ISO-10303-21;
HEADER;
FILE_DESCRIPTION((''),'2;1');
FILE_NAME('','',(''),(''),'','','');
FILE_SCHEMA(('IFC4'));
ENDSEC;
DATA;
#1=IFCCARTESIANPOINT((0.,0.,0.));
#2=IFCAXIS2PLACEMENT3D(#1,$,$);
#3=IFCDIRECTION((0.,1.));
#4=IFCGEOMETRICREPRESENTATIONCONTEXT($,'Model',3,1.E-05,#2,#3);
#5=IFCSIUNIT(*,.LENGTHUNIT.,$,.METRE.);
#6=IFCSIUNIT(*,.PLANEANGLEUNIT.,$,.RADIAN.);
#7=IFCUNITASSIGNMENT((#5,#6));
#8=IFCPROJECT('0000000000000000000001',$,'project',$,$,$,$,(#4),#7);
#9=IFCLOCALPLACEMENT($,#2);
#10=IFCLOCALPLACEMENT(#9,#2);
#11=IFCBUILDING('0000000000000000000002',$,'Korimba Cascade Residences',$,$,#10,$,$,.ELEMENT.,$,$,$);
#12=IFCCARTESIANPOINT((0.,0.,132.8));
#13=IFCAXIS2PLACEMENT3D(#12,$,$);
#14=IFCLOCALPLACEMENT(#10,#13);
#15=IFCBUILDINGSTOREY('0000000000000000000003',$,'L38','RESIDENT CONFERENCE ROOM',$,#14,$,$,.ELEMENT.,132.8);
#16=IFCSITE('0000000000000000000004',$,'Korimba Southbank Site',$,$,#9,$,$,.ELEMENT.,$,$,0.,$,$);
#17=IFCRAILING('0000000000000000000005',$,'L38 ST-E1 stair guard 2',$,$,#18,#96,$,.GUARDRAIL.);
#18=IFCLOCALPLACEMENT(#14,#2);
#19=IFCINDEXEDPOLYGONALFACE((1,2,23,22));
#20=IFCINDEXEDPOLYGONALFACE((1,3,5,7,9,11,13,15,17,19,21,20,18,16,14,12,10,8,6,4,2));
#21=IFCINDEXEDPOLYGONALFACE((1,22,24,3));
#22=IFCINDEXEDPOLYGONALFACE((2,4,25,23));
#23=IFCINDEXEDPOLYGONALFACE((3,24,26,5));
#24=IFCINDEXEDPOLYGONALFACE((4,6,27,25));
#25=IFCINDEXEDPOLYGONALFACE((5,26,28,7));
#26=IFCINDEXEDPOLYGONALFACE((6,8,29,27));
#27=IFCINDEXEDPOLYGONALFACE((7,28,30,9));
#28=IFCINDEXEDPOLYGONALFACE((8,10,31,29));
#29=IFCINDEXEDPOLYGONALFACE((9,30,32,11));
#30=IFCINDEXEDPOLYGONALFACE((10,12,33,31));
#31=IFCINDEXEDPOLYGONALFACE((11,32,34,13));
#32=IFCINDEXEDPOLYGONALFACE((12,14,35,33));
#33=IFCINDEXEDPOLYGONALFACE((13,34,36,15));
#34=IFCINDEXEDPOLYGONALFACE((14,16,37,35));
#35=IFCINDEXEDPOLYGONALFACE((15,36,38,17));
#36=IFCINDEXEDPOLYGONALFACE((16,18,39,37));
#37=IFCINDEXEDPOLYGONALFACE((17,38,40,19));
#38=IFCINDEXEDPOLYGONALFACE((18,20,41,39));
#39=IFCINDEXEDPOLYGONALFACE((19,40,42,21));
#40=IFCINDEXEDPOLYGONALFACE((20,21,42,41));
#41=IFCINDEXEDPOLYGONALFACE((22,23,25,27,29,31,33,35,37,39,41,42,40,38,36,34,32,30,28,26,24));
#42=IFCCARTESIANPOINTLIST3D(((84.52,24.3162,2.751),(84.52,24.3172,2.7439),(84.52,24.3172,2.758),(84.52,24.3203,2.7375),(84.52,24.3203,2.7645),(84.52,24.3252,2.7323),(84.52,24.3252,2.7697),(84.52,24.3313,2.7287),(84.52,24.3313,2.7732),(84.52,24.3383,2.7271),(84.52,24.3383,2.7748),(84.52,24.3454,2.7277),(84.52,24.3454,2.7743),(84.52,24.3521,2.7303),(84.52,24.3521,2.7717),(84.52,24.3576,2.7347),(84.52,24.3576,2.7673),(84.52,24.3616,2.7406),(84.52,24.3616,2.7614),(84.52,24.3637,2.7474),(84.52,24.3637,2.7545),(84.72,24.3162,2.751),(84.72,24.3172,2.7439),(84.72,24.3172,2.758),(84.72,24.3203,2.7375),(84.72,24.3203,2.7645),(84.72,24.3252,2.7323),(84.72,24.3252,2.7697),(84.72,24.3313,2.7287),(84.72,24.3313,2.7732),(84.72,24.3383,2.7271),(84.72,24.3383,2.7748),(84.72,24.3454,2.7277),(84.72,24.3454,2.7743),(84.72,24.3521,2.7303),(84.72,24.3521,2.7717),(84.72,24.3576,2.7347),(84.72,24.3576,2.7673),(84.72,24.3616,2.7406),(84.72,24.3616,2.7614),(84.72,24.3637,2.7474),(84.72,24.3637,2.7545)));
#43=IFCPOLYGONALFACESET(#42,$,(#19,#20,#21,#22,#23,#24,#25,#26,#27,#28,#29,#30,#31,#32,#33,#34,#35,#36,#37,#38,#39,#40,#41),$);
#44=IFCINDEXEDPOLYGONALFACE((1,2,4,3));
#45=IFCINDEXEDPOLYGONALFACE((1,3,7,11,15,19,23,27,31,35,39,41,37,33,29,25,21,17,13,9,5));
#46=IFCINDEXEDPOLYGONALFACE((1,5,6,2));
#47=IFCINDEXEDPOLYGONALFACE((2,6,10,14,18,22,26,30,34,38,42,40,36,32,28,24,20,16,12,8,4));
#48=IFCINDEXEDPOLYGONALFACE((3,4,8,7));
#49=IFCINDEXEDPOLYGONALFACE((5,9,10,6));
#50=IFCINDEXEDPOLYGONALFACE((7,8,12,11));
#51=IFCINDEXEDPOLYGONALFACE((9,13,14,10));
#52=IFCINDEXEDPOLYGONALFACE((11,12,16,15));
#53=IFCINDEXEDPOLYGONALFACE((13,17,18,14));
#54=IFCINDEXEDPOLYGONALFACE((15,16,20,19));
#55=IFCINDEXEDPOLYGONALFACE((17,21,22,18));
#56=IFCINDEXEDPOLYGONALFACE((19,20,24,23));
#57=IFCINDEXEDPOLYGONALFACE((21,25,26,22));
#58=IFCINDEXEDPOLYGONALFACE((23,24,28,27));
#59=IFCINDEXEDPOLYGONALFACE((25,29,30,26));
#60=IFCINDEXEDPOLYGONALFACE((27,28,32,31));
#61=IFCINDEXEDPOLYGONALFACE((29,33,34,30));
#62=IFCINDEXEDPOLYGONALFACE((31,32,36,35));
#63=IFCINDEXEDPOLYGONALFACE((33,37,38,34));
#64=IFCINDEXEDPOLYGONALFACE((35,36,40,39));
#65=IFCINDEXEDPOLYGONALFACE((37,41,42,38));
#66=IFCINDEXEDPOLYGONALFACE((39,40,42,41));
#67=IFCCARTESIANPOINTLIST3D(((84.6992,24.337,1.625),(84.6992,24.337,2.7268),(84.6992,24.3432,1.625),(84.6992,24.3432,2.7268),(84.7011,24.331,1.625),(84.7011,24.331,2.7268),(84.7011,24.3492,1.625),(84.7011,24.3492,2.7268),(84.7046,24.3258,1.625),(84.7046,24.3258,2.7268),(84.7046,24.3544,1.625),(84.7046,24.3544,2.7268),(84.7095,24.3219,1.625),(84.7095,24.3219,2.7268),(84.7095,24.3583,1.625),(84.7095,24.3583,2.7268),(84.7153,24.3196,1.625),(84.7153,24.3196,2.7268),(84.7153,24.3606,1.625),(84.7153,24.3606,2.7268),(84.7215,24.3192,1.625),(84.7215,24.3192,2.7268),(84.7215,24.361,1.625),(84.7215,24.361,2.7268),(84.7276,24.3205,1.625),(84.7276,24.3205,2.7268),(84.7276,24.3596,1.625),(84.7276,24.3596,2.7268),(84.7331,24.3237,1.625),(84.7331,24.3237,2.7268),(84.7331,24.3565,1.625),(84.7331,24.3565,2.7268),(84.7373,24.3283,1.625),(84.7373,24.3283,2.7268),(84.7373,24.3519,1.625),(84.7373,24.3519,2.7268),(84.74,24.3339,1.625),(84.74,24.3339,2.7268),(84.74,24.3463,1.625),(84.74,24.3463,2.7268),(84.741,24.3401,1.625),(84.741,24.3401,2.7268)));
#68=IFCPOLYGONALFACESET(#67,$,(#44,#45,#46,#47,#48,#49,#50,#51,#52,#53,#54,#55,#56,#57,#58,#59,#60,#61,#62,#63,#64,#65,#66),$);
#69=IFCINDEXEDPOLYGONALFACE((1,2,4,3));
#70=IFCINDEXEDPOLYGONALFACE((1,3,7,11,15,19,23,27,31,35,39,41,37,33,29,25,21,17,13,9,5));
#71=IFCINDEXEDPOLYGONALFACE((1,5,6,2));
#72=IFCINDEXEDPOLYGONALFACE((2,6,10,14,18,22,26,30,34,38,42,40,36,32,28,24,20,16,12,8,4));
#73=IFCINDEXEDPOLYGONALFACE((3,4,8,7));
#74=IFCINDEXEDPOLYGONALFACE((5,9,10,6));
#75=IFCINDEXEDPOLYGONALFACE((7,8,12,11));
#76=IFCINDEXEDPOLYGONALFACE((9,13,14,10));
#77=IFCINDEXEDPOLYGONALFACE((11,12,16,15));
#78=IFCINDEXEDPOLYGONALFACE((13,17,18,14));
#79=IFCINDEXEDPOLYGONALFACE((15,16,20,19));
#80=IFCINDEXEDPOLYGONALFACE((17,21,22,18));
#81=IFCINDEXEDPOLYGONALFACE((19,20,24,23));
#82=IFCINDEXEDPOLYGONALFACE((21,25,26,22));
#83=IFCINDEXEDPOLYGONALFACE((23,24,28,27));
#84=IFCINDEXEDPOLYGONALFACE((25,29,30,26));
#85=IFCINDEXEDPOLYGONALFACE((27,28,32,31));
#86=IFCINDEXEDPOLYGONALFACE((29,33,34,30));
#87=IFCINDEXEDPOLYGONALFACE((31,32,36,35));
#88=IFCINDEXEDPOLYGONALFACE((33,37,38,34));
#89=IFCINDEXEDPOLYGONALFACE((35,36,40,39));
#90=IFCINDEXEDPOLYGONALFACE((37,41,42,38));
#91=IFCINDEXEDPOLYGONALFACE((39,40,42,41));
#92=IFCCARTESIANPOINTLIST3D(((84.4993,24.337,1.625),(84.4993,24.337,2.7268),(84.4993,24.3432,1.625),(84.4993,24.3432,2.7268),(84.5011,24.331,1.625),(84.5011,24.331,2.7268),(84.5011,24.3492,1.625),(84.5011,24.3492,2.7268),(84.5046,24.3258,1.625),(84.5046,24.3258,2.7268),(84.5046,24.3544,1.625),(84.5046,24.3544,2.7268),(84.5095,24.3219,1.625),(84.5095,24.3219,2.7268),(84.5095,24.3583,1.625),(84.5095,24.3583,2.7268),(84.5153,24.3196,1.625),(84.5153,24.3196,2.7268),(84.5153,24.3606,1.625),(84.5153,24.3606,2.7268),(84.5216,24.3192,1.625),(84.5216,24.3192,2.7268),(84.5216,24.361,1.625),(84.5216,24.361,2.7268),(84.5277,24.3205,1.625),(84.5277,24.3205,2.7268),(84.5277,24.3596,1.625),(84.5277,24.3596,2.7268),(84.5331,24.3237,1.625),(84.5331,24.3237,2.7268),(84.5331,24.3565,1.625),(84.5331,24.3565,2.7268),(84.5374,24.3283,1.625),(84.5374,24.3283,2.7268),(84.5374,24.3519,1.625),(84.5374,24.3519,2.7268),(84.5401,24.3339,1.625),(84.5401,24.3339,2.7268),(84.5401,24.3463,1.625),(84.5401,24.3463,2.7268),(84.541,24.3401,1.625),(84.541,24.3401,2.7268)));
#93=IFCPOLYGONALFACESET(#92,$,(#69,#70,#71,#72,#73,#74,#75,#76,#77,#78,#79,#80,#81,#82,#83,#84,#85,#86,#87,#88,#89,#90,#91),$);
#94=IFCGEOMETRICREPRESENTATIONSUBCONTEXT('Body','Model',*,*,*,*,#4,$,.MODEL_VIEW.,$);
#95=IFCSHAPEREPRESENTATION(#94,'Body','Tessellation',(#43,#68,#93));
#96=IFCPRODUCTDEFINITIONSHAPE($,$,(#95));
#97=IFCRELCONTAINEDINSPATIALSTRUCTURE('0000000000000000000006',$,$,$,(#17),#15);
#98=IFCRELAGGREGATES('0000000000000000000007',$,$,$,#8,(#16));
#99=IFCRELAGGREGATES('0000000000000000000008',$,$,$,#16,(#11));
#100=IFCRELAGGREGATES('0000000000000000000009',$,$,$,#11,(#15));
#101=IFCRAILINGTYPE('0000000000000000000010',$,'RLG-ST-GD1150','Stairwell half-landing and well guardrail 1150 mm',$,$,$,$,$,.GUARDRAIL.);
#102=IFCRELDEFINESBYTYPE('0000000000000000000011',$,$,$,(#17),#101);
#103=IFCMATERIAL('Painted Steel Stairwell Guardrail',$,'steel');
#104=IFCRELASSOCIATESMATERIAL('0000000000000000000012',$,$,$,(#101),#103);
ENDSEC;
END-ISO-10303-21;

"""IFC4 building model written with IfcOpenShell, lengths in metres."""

from ifc_helpers import new_model, si_unit, direction, frame, origin, origin_2d, place, context, subcontext, project, spatial, circle, extrude, material, type_object, element, save


model = new_model("IFC4")

# Units and contexts
model_context = context("Model", 3, precision=1e-05, world=origin(), true_north=direction((0.0, 1.0)))
body_context = subcontext(model_context, "Body", "Model", "MODEL_VIEW")
ifc_project = project(units=[si_unit("LENGTHUNIT", "METRE"), si_unit("PLANEANGLEUNIT", "RADIAN")], contexts=[model_context])

# Site, building, storey
site_placement = place(None, origin())
site = spatial("IfcSite", under=ifc_project, at=site_placement, Name="Korimba Southbank Site", CompositionType="ELEMENT", RefElevation=0.0)
building_placement = place(site_placement, origin())
building = spatial("IfcBuilding", under=site, at=building_placement, Name="Korimba Cascade Residences", CompositionType="ELEMENT")
storey_placement = place(building_placement, frame((0.0, 0.0, 132.8)))
storey = spatial("IfcBuildingStorey", under=building, at=storey_placement, Name="L38", Description="RESIDENT CONFERENCE ROOM", CompositionType="ELEMENT", Elevation=132.8)

# Railing
ifc_material_1 = material(Name="Painted Steel Stairwell Guardrail", Category="steel")
railing_type_1 = type_object("IfcRailingType", Name="RLG-ST-GD1150", Description="Stairwell half-landing and well guardrail 1150 mm", PredefinedType="GUARDRAIL", material=ifc_material_1)
railing_1_placement = place(storey_placement, frame((84.72, 24.3401, 1.625)))
element("IfcRailing", 1, at=railing_1_placement, inside=storey, type_object=railing_type_1, Name="L38 ST-E1 stair guard 2", PredefinedType="GUARDRAIL", context=body_context, shape_type="SweptSolid", body=[
    extrude(circle(Radius=0.0239, at=origin_2d()), frame((0.0, 0.0, 1.126), z_axis=(-1.0, 0.0, 0.0), x_axis=(0.0, -1.0, 0.0)), (0.0, 0.0, 1.0), 0.2),
    extrude(circle(Radius=0.021, at=origin_2d()), origin(), (0.0, 0.0, 1.0), 1.1018),
    extrude(circle(Radius=0.021, at=origin_2d()), frame((-0.2, 0.0, 0.0)), (0.0, 0.0, 1.0), 1.1018),
])

save(model, "model.ifc")
